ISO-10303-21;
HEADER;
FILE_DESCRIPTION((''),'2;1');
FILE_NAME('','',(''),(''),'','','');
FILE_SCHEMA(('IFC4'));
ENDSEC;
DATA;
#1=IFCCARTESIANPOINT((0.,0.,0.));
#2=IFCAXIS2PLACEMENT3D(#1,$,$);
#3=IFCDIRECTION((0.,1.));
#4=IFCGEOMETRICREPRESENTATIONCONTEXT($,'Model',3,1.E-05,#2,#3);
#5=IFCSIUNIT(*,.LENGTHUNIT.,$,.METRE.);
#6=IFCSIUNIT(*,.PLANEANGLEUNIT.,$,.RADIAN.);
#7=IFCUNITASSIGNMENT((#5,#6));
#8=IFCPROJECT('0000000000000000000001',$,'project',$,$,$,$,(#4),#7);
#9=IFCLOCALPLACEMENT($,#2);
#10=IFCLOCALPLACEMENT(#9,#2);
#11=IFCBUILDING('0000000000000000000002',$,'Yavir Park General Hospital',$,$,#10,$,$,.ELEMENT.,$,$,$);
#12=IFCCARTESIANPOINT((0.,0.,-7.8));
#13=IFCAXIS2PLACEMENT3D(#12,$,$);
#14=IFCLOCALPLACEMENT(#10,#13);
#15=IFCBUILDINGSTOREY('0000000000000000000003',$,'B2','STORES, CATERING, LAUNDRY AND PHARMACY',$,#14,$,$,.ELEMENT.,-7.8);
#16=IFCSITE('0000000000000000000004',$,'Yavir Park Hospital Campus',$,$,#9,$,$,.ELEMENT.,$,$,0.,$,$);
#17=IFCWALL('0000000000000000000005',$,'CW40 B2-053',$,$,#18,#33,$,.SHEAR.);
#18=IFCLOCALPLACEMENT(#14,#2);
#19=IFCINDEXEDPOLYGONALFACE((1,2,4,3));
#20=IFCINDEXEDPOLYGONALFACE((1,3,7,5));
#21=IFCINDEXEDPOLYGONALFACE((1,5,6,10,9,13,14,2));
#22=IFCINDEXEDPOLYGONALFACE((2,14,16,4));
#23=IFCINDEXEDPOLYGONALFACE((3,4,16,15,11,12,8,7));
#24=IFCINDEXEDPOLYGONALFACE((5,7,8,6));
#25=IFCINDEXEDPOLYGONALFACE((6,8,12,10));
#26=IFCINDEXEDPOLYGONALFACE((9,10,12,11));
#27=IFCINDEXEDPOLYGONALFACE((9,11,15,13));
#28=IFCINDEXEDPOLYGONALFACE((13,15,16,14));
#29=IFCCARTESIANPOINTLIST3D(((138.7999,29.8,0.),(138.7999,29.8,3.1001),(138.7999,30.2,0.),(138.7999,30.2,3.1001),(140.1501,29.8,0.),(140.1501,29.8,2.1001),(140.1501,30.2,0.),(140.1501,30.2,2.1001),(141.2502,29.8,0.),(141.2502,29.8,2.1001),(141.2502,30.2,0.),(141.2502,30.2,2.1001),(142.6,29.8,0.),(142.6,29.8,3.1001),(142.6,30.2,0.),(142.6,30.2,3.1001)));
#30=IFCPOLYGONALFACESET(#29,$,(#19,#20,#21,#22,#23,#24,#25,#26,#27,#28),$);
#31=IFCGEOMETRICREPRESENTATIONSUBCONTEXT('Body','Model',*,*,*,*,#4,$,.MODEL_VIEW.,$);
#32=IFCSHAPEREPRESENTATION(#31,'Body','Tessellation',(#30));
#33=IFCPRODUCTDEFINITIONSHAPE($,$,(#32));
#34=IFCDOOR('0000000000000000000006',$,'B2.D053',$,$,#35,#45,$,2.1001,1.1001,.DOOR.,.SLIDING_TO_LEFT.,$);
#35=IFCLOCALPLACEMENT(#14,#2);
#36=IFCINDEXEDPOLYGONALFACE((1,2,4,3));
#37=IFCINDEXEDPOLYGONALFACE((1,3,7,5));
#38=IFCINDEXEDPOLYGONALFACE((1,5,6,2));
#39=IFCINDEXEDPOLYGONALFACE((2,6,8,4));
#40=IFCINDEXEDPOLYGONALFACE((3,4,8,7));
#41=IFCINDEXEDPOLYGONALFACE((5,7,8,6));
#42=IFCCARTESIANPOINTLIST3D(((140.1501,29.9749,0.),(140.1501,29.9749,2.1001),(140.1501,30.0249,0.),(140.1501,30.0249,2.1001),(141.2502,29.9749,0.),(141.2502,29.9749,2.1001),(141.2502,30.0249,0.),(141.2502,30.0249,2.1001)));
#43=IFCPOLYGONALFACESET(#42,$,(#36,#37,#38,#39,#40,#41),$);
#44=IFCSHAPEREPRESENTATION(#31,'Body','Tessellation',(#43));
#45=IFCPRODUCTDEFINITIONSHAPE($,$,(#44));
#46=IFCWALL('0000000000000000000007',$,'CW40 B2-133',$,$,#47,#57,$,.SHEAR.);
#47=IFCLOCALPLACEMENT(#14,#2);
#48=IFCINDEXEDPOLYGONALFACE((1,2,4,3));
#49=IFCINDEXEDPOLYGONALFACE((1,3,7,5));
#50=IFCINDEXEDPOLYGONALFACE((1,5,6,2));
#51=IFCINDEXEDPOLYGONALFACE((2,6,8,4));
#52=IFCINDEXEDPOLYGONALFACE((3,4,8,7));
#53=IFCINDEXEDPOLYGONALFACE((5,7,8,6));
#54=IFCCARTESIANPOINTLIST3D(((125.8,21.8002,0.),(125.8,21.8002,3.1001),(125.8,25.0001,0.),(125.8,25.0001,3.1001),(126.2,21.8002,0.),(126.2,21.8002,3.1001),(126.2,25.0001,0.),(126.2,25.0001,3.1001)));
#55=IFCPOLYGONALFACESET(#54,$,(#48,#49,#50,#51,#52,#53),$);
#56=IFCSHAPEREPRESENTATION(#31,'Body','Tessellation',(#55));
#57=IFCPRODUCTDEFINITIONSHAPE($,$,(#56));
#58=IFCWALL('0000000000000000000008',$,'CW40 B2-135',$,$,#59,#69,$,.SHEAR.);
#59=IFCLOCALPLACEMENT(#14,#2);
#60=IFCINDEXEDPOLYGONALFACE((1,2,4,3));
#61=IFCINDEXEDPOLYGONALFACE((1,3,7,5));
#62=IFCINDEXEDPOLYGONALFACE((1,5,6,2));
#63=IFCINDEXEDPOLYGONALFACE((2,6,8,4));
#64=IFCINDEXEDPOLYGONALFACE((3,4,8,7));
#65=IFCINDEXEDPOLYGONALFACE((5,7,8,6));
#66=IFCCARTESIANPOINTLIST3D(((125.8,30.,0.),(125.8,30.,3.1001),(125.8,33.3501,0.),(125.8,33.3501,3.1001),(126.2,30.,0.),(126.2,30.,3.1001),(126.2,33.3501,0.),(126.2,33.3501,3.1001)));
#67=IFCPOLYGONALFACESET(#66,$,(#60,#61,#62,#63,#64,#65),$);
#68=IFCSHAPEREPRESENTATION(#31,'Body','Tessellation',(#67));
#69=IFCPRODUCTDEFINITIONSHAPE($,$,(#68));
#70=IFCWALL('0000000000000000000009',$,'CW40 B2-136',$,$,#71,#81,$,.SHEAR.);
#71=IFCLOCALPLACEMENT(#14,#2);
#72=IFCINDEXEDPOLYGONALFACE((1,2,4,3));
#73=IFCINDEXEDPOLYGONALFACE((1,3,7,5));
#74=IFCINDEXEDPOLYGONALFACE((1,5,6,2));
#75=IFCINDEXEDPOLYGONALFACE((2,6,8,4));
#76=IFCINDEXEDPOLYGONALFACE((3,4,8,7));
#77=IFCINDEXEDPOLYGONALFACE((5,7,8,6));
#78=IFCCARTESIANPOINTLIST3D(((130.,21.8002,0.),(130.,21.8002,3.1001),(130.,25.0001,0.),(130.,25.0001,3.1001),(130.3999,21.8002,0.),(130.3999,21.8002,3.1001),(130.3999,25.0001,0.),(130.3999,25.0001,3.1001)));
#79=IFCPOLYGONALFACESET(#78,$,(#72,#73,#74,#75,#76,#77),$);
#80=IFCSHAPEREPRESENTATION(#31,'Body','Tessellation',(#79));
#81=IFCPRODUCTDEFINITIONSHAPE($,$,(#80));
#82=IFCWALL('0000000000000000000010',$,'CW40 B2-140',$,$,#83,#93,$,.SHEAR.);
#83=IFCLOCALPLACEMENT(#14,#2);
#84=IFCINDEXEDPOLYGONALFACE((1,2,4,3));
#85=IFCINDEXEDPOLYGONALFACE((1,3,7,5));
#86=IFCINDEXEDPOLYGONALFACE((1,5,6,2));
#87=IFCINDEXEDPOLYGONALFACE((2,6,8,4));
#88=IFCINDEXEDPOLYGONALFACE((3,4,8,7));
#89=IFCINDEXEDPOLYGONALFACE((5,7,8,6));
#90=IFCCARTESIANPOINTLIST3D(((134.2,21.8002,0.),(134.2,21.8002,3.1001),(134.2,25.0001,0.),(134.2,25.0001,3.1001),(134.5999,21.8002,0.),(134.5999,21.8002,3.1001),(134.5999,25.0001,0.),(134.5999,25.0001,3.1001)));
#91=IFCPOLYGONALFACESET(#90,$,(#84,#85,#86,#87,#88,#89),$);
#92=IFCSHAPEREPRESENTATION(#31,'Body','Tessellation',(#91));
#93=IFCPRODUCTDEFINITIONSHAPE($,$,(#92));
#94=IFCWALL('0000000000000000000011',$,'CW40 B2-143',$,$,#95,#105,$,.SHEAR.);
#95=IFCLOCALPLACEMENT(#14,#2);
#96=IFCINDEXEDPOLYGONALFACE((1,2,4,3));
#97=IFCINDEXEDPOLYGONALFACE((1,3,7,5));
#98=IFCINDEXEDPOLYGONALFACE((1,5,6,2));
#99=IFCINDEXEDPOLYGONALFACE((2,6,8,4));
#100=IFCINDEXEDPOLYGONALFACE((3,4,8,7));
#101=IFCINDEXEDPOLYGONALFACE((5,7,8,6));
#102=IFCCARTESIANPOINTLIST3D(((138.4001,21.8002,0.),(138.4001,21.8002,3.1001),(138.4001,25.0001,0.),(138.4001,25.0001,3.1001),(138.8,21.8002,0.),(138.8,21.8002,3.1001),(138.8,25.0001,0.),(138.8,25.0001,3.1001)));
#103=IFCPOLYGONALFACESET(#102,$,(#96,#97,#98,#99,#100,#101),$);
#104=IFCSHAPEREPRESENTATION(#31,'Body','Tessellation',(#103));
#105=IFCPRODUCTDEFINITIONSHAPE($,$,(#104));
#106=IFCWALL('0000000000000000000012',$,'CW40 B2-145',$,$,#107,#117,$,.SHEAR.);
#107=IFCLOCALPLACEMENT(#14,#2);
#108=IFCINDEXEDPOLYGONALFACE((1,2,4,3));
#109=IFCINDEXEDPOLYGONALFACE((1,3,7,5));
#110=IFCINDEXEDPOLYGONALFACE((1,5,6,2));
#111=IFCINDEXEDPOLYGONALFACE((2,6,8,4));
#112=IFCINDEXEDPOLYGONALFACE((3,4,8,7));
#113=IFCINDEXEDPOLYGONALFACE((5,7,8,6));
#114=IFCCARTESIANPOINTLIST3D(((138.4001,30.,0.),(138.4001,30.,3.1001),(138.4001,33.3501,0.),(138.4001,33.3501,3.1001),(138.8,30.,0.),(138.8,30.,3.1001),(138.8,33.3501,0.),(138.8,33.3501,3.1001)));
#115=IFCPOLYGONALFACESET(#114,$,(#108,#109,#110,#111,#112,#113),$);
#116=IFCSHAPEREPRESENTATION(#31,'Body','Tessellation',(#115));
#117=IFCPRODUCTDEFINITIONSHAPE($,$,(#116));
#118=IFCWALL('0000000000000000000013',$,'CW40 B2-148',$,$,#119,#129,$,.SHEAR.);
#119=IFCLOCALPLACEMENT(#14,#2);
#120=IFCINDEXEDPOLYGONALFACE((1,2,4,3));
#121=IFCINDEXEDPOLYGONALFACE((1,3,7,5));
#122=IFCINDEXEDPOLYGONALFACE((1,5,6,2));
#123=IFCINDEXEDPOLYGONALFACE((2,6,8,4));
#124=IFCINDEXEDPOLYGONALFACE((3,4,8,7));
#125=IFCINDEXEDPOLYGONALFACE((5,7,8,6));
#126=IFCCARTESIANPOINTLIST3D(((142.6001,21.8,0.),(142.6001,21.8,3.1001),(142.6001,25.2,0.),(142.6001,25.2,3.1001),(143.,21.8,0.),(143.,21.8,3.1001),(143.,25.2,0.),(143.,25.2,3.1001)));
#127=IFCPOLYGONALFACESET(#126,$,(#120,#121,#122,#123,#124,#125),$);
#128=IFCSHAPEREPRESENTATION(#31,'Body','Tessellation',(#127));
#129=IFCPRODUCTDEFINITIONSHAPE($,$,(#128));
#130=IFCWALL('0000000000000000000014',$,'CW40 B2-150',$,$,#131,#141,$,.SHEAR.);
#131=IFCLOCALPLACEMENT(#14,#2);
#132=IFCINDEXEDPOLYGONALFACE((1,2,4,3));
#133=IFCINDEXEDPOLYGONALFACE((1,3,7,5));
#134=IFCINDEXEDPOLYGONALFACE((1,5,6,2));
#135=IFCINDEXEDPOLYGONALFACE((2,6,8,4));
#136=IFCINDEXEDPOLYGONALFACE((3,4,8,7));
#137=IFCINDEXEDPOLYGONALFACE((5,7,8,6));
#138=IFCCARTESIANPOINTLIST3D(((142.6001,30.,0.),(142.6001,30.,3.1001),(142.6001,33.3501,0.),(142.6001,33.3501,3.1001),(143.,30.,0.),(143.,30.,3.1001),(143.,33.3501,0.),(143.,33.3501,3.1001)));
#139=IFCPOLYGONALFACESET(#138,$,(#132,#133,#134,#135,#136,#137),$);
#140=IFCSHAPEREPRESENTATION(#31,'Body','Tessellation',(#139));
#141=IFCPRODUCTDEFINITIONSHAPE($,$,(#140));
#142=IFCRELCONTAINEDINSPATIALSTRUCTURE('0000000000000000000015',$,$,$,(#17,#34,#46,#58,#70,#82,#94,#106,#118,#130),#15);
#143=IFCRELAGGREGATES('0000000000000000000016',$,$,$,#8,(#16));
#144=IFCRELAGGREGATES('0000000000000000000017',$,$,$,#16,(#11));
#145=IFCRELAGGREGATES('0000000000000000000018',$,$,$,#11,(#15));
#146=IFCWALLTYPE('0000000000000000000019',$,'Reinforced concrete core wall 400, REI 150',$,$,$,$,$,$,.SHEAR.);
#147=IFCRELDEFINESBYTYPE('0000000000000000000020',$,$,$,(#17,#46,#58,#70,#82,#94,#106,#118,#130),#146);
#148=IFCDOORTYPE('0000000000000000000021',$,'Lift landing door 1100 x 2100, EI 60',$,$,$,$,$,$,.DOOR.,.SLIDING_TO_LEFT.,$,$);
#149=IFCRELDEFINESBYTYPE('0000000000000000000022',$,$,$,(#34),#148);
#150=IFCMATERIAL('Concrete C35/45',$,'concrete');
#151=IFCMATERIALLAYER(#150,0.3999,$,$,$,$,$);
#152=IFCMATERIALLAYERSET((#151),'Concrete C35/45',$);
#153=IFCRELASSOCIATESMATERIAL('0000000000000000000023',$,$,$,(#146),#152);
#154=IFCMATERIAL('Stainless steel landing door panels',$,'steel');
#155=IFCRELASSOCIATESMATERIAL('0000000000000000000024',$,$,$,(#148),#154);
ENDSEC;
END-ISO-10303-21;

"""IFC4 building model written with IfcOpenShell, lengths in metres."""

from ifc_helpers import new_model, si_unit, direction, frame, frame_2d, origin, place, context, subcontext, project, spatial, rectangle, extrude, material, layer, layer_set, type_object, element, fill, save


model = new_model("IFC4")

# Units and contexts
model_context = context("Model", 3, precision=1e-05, world=origin(), true_north=direction((0.0, 1.0)))
body_context = subcontext(model_context, "Body", "Model", "MODEL_VIEW")
ifc_project = project(units=[si_unit("LENGTHUNIT", "METRE"), si_unit("PLANEANGLEUNIT", "RADIAN")], contexts=[model_context])

# Site, building, storey
site_placement = place(None, origin())
site = spatial("IfcSite", under=ifc_project, at=site_placement, Name="Yavir Park Hospital Campus", CompositionType="ELEMENT", RefElevation=0.0)
building_placement = place(site_placement, origin())
building = spatial("IfcBuilding", under=site, at=building_placement, Name="Yavir Park General Hospital", CompositionType="ELEMENT")
storey_placement = place(building_placement, frame((0.0, 0.0, -7.8)))
storey = spatial("IfcBuildingStorey", under=building, at=storey_placement, Name="B2", Description="STORES, CATERING, LAUNDRY AND PHARMACY", CompositionType="ELEMENT", Elevation=-7.8)

# Wall, opening, door
ifc_material_1 = material(Name="Concrete C35/45", Category="concrete")
ifc_layer_1 = layer(ifc_material_1, 0.3999)
ifc_layer_set_1 = layer_set([ifc_layer_1], Name="Concrete C35/45")
wall_type_1 = type_object("IfcWallType", Name="Reinforced concrete core wall 400, REI 150", PredefinedType="SHEAR", material=ifc_layer_set_1)
wall_1_placement = place(storey_placement, frame((138.8, 30.0, 0.0), z_axis=(0.0, 0.0, 1.0), x_axis=(1.0, 0.0, 0.0)))
wall_1 = element("IfcWall", 1, at=wall_1_placement, inside=storey, type_object=wall_type_1, Name="CW40 B2-053", PredefinedType="SHEAR", context=body_context, shape_type="SweptSolid", body=[
    extrude(rectangle(XDim=3.8, YDim=0.3999, at=frame_2d((1.8999, 0.0))), origin(), (0.0, 0.0, 1.0), 3.1001),
])
opening_1_placement = place(wall_1_placement, frame((1.3501, 0.0, 0.0)))
opening_1 = element("IfcOpeningElement", 2, at=opening_1_placement, cuts=wall_1, PredefinedType="OPENING", context=body_context, shape_type="SweptSolid", body=[
    extrude(rectangle(XDim=1.1001, YDim=2.1001, at=frame_2d((0.55, 1.05))), frame((0.0, 0.21, 0.0), z_axis=(0.0, -1.0, 0.0), x_axis=(1.0, 0.0, 0.0)), (0.0, 0.0, 1.0), 0.4199),
])
ifc_material_2 = material(Name="Stainless steel landing door panels", Category="steel")
door_type_1 = type_object("IfcDoorType", Name="Lift landing door 1100 x 2100, EI 60", OperationType="SLIDING_TO_LEFT", PredefinedType="DOOR", material=ifc_material_2)
door_1_placement = place(opening_1_placement, origin())
door_1 = element("IfcDoor", 3, at=door_1_placement, inside=storey, type_object=door_type_1, Name="B2.D053", OperationType="SLIDING_TO_LEFT", OverallHeight=2.1001, OverallWidth=1.1001, PredefinedType="DOOR", context=body_context, shape_type="SweptSolid", body=[
    extrude(rectangle(XDim=1.1001, YDim=2.1001, at=frame_2d((0.55, 1.05))), frame((0.0, 0.0249, 0.0), z_axis=(0.0, -1.0, 0.0), x_axis=(1.0, 0.0, 0.0)), (0.0, 0.0, 1.0), 0.05),
])
fill(opening_1, door_1)

# Walls
wall_2_placement = place(storey_placement, frame((126.0, 21.8, 0.0), z_axis=(0.0, 0.0, 1.0), x_axis=(0.0, 1.0, 0.0)))
element("IfcWall", 4, at=wall_2_placement, inside=storey, type_object=wall_type_1, Name="CW40 B2-133", PredefinedType="SHEAR", context=body_context, shape_type="SweptSolid", body=[
    extrude(rectangle(XDim=3.2, YDim=0.3999, at=frame_2d((1.6001, 0.0))), origin(), (0.0, 0.0, 1.0), 3.1001),
])
wall_3_placement = place(storey_placement, frame((126.0, 30.0, 0.0), z_axis=(0.0, 0.0, 1.0), x_axis=(0.0, 1.0, 0.0)))
element("IfcWall", 5, at=wall_3_placement, inside=storey, type_object=wall_type_1, Name="CW40 B2-135", PredefinedType="SHEAR", context=body_context, shape_type="SweptSolid", body=[
    extrude(rectangle(XDim=3.3501, YDim=0.3999, at=frame_2d((1.675, 0.0))), origin(), (0.0, 0.0, 1.0), 3.1001),
])
for number, where, z_axis, x_axis, name in (
    (6, (130.2, 21.8, 0.0), (0.0, 0.0, 1.0), (0.0, 1.0, 0.0), "CW40 B2-136"),
    (7, (134.3999, 21.8, 0.0), (0.0, 0.0, 1.0), (0.0, 1.0, 0.0), "CW40 B2-140"),
    (8, (138.6001, 21.8, 0.0), (0.0, 0.0, 1.0), (0.0, 1.0, 0.0), "CW40 B2-143"),
):
    element("IfcWall", number, at=place(storey_placement, frame(where, z_axis=z_axis, x_axis=x_axis)), inside=storey, type_object=wall_type_1, Name=name, PredefinedType="SHEAR", context=body_context, shape_type="SweptSolid", body=[
        extrude(rectangle(XDim=3.2, YDim=0.3999, at=frame_2d((1.6001, 0.0))), origin(), (0.0, 0.0, 1.0), 3.1001),
    ])
wall_4_placement = place(storey_placement, frame((138.6001, 30.0, 0.0), z_axis=(0.0, 0.0, 1.0), x_axis=(0.0, 1.0, 0.0)))
element("IfcWall", 9, at=wall_4_placement, inside=storey, type_object=wall_type_1, Name="CW40 B2-145", PredefinedType="SHEAR", context=body_context, shape_type="SweptSolid", body=[
    extrude(rectangle(XDim=3.3501, YDim=0.3999, at=frame_2d((1.675, 0.0))), origin(), (0.0, 0.0, 1.0), 3.1001),
])
wall_5_placement = place(storey_placement, frame((142.8, 21.8, 0.0), z_axis=(0.0, 0.0, 1.0), x_axis=(0.0, 1.0, 0.0)))
element("IfcWall", 10, at=wall_5_placement, inside=storey, type_object=wall_type_1, Name="CW40 B2-148", PredefinedType="SHEAR", context=body_context, shape_type="SweptSolid", body=[
    extrude(rectangle(XDim=3.3999, YDim=0.3999, at=frame_2d((1.7, 0.0))), origin(), (0.0, 0.0, 1.0), 3.1001),
])
wall_6_placement = place(storey_placement, frame((142.8, 30.0, 0.0), z_axis=(0.0, 0.0, 1.0), x_axis=(0.0, 1.0, 0.0)))
element("IfcWall", 11, at=wall_6_placement, inside=storey, type_object=wall_type_1, Name="CW40 B2-150", PredefinedType="SHEAR", context=body_context, shape_type="SweptSolid", body=[
    extrude(rectangle(XDim=3.3501, YDim=0.3999, at=frame_2d((1.675, 0.0))), origin(), (0.0, 0.0, 1.0), 3.1001),
])

save(model, "model.ifc")
